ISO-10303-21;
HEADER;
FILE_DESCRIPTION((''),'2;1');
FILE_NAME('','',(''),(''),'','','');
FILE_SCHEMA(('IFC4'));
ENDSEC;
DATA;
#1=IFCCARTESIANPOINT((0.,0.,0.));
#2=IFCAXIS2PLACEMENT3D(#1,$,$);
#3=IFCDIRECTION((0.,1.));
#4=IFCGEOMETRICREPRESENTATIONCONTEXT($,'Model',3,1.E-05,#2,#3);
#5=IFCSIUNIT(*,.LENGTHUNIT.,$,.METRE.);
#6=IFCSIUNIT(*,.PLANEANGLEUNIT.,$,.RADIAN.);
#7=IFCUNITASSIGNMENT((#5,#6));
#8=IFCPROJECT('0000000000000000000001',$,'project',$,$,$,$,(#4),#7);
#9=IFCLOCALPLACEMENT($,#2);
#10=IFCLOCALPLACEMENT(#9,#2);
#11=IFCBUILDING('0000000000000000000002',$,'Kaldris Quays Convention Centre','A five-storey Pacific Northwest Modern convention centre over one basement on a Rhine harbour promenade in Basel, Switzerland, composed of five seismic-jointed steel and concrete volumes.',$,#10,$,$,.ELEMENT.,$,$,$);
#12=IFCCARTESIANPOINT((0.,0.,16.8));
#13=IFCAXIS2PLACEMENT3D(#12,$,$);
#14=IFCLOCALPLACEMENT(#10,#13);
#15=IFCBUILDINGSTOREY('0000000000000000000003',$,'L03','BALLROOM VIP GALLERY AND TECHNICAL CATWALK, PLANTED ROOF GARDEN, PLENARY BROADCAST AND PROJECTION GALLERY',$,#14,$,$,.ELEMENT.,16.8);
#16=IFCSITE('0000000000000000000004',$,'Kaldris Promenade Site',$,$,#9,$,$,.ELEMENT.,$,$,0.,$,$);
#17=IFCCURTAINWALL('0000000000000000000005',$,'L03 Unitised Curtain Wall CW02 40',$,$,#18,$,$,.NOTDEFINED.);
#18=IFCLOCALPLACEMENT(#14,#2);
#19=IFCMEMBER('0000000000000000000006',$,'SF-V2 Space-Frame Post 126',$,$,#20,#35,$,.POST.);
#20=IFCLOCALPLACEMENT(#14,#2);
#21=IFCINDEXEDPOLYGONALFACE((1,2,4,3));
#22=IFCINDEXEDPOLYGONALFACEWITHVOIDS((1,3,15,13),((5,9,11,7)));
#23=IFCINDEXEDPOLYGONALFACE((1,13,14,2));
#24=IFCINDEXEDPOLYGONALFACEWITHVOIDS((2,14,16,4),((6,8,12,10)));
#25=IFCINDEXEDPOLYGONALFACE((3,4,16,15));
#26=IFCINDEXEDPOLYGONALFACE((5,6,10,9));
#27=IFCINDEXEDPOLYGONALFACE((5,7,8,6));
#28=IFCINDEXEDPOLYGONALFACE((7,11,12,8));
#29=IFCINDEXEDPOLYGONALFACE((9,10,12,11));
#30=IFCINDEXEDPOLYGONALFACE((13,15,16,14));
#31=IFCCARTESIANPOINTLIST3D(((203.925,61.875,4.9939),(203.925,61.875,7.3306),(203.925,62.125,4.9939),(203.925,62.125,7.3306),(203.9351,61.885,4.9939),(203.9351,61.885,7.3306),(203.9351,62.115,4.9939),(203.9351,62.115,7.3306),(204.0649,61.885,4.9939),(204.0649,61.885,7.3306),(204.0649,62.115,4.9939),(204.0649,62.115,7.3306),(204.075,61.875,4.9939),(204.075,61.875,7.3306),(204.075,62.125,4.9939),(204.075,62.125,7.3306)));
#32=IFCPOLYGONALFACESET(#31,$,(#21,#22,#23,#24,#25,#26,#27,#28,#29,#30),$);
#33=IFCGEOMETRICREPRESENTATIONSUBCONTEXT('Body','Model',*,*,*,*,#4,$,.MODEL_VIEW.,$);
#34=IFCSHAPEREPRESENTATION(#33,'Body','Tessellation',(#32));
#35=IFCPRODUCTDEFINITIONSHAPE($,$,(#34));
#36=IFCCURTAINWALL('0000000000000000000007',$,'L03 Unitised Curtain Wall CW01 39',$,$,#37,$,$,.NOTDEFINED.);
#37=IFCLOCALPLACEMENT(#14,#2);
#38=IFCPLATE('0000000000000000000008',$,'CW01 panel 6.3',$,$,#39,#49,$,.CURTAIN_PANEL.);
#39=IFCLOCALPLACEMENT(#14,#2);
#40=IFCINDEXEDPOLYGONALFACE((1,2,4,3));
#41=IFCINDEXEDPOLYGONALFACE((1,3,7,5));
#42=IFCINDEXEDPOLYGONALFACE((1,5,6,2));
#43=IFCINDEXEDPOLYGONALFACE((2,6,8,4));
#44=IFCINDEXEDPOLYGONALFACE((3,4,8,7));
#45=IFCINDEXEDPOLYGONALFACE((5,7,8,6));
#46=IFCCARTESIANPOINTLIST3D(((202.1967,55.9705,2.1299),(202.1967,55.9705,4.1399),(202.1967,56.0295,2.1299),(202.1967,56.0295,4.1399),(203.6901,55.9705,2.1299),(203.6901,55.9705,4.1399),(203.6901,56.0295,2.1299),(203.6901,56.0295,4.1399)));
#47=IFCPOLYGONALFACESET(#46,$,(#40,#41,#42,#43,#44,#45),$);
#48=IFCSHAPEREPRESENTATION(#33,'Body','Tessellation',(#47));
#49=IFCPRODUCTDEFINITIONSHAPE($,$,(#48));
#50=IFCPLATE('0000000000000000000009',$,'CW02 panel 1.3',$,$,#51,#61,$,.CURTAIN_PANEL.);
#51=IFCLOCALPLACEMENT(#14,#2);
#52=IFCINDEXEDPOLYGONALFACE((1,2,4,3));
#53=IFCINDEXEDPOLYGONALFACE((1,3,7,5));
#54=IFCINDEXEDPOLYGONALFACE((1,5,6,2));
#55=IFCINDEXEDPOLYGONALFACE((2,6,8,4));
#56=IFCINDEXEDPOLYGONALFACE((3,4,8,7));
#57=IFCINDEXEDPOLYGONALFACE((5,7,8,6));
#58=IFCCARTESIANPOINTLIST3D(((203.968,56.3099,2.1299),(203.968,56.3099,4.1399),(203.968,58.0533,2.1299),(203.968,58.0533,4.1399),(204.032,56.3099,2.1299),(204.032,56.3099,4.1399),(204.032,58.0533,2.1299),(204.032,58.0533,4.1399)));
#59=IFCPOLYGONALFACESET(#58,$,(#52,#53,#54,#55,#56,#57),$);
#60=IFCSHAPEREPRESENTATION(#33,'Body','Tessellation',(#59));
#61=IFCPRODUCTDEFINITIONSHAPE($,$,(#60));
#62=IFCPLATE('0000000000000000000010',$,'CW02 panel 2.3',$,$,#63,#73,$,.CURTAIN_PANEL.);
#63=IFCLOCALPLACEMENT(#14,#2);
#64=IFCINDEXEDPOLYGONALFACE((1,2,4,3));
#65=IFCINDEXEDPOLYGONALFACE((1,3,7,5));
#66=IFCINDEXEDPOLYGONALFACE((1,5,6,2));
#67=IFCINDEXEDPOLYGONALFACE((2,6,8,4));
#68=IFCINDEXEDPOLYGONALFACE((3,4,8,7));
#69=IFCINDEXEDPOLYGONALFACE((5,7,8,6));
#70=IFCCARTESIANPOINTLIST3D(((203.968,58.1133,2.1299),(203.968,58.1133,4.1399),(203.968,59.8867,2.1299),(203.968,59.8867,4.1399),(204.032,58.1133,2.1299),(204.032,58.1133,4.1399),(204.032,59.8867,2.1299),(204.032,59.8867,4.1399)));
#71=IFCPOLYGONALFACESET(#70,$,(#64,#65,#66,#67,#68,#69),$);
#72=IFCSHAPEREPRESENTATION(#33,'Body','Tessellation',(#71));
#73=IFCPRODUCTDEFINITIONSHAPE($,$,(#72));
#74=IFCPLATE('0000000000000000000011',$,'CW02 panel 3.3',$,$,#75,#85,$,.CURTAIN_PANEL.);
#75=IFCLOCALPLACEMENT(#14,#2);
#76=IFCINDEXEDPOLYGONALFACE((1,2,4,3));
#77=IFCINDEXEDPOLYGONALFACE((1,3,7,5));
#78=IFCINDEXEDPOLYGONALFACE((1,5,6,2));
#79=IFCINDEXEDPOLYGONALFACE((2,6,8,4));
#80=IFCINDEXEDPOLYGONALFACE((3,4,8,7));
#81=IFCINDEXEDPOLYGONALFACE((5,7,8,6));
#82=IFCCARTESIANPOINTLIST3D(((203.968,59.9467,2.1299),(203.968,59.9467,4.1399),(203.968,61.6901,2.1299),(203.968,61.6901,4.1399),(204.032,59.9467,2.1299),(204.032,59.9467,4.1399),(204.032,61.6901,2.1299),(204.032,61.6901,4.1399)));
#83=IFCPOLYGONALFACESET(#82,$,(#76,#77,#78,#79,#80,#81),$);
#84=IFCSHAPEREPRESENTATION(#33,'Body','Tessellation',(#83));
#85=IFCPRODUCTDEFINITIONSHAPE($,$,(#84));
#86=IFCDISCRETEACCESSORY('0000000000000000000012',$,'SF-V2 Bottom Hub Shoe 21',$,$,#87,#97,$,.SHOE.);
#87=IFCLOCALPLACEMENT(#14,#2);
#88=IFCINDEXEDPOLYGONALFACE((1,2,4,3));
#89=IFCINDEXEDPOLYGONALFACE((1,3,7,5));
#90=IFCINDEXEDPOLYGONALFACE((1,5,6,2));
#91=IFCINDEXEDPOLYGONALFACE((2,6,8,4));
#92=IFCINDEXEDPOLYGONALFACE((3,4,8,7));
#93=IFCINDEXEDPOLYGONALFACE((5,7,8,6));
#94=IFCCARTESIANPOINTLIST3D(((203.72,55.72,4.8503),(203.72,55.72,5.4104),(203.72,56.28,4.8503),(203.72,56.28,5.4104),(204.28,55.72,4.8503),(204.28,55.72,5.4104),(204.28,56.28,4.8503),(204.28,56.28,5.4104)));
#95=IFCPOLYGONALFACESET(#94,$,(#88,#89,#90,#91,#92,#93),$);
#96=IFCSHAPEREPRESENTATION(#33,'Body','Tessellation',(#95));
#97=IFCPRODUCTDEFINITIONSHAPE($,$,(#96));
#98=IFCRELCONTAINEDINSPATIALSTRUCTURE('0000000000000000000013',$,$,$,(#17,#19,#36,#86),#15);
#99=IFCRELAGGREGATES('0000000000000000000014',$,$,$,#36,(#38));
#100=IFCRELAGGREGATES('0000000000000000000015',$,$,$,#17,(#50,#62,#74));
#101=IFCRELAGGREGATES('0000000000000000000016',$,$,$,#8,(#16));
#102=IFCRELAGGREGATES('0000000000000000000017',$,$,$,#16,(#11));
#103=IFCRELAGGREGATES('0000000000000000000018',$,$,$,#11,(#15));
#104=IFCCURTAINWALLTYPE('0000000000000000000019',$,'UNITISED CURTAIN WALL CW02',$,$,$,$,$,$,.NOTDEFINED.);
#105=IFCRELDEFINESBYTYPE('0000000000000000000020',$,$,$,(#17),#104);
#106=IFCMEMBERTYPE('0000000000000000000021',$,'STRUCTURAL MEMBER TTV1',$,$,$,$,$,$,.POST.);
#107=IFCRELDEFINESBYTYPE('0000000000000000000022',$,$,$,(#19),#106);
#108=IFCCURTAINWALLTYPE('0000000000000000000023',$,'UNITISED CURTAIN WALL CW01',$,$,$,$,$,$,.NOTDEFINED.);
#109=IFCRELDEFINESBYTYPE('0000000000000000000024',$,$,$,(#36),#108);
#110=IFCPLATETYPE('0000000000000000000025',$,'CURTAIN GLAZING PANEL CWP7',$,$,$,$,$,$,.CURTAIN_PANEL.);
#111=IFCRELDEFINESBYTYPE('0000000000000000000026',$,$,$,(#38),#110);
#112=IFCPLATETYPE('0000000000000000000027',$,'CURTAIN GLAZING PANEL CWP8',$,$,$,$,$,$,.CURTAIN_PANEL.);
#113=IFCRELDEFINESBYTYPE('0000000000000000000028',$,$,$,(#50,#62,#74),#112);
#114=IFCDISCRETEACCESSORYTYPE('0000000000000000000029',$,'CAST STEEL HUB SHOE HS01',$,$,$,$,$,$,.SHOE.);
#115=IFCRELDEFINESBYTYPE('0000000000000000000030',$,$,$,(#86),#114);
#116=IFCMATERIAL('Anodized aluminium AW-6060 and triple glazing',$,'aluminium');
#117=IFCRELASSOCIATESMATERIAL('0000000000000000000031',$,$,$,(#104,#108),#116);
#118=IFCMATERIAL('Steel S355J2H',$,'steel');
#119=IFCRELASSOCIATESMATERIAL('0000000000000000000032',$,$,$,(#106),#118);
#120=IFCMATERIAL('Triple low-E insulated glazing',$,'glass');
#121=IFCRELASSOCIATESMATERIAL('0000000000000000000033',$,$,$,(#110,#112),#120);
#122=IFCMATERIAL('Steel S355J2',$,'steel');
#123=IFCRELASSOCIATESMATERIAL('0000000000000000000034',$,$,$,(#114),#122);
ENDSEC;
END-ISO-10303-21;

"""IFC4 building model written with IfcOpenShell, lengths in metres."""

from ifc_helpers import new_model, si_unit, direction, frame, origin, origin_2d, place, context, subcontext, project, spatial, rectangle, hollow_rectangle, extrude, material, material_profile, profile_set, type_object, element, aggregate, save


model = new_model("IFC4")

# Units and contexts
model_context = context("Model", 3, precision=1e-05, world=origin(), true_north=direction((0.0, 1.0)))
body_context = subcontext(model_context, "Body", "Model", "MODEL_VIEW")
ifc_project = project(units=[si_unit("LENGTHUNIT", "METRE"), si_unit("PLANEANGLEUNIT", "RADIAN")], contexts=[model_context])

# Site, building, storey
site_placement = place(None, origin())
site = spatial("IfcSite", under=ifc_project, at=site_placement, Name="Kaldris Promenade Site", CompositionType="ELEMENT", RefElevation=0.0)
building_placement = place(site_placement, origin())
building = spatial("IfcBuilding", under=site, at=building_placement, Name="Kaldris Quays Convention Centre", Description="A five-storey Pacific Northwest Modern convention centre over one basement on a Rhine harbour promenade in Basel, Switzerland, composed of five seismic-jointed steel and concrete volumes.", CompositionType="ELEMENT")
storey_placement = place(building_placement, frame((0.0, 0.0, 16.8)))
storey = spatial("IfcBuildingStorey", under=building, at=storey_placement, Name="L03", Description="BALLROOM VIP GALLERY AND TECHNICAL CATWALK, PLANTED ROOF GARDEN, PLENARY BROADCAST AND PROJECTION GALLERY", CompositionType="ELEMENT", Elevation=16.8)

# Shared definitions
ifc_material_1 = material(Name="Anodized aluminium AW-6060 and triple glazing", Category="aluminium")

# Curtain wall
curtain_wall_type_1 = type_object("IfcCurtainWallType", Name="UNITISED CURTAIN WALL CW02", PredefinedType="NOTDEFINED", material=ifc_material_1)
curtain_wall_1_placement = place(storey_placement, origin())
curtain_wall_1 = element("IfcCurtainWall", 1, at=curtain_wall_1_placement, inside=storey, type_object=curtain_wall_type_1, Name="L03 Unitised Curtain Wall CW02 40", PredefinedType="NOTDEFINED")

# Member
ifc_material_2 = material(Name="Steel S355J2H", Category="steel")
ifc_material_profile_1 = material_profile(ifc_material_2, hollow_rectangle(XDim=0.1499, YDim=0.25, WallThickness=0.01, at=origin_2d()), Name="RHS 250x150x10")
ifc_profile_set_1 = profile_set([ifc_material_profile_1], Name="Steel S355J2H")
member_type_1 = type_object("IfcMemberType", Name="STRUCTURAL MEMBER TTV1", PredefinedType="POST", material=ifc_profile_set_1)
member_1_placement = place(storey_placement, frame((204.0, 62.0, 4.9939), z_axis=(0.0, 0.0, 1.0), x_axis=(1.0, 0.0, 0.0)))
element("IfcMember", 2, at=member_1_placement, inside=storey, type_object=member_type_1, Name="SF-V2 Space-Frame Post 126", PredefinedType="POST", context=body_context, shape_type="SweptSolid", body=[
    extrude(hollow_rectangle(XDim=0.1499, YDim=0.25, WallThickness=0.01, at=origin_2d()), origin(), (0.0, 0.0, 1.0), 2.3367),
])

# Curtain wall, plate
curtain_wall_type_2 = type_object("IfcCurtainWallType", Name="UNITISED CURTAIN WALL CW01", PredefinedType="NOTDEFINED", material=ifc_material_1)
curtain_wall_2_placement = place(storey_placement, origin())
curtain_wall_2 = element("IfcCurtainWall", 3, at=curtain_wall_2_placement, inside=storey, type_object=curtain_wall_type_2, Name="L03 Unitised Curtain Wall CW01 39", PredefinedType="NOTDEFINED")
ifc_material_3 = material(Name="Triple low-E insulated glazing", Category="glass")
plate_type_1 = type_object("IfcPlateType", Name="CURTAIN GLAZING PANEL CWP7", PredefinedType="CURTAIN_PANEL", material=ifc_material_3)
plate_1_placement = place(storey_placement, frame((202.9434, 56.0, 2.1299), z_axis=(0.0, 0.0, 1.0), x_axis=(1.0, 0.0, 0.0)))
plate_1 = element("IfcPlate", 4, at=plate_1_placement, type_object=plate_type_1, Name="CW01 panel 6.3", PredefinedType="CURTAIN_PANEL", context=body_context, shape_type="SweptSolid", body=[
    extrude(rectangle(XDim=1.4934, YDim=0.0591, at=origin_2d()), origin(), (0.0, 0.0, 1.0), 2.01),
])
aggregate(curtain_wall_2, [plate_1])

# Plates
plate_type_2 = type_object("IfcPlateType", Name="CURTAIN GLAZING PANEL CWP8", PredefinedType="CURTAIN_PANEL", material=ifc_material_3)
plate_2_placement = place(storey_placement, frame((204.0, 57.1816, 2.1299), z_axis=(0.0, 0.0, 1.0), x_axis=(0.0, 1.0, 0.0)))
plate_2 = element("IfcPlate", 5, at=plate_2_placement, type_object=plate_type_2, Name="CW02 panel 1.3", PredefinedType="CURTAIN_PANEL", context=body_context, shape_type="SweptSolid", body=[
    extrude(rectangle(XDim=1.7434, YDim=0.064, at=origin_2d()), origin(), (0.0, 0.0, 1.0), 2.01),
])
plate_3_placement = place(storey_placement, frame((204.0, 59.0, 2.1299), z_axis=(0.0, 0.0, 1.0), x_axis=(0.0, 1.0, 0.0)))
plate_3 = element("IfcPlate", 6, at=plate_3_placement, type_object=plate_type_2, Name="CW02 panel 2.3", PredefinedType="CURTAIN_PANEL", context=body_context, shape_type="SweptSolid", body=[
    extrude(rectangle(XDim=1.7734, YDim=0.064, at=origin_2d()), origin(), (0.0, 0.0, 1.0), 2.01),
])
plate_4_placement = place(storey_placement, frame((204.0, 60.8184, 2.1299), z_axis=(0.0, 0.0, 1.0), x_axis=(0.0, 1.0, 0.0)))
plate_4 = element("IfcPlate", 7, at=plate_4_placement, type_object=plate_type_2, Name="CW02 panel 3.3", PredefinedType="CURTAIN_PANEL", context=body_context, shape_type="SweptSolid", body=[
    extrude(rectangle(XDim=1.7434, YDim=0.064, at=origin_2d()), origin(), (0.0, 0.0, 1.0), 2.01),
])
aggregate(curtain_wall_1, [plate_2, plate_3, plate_4])

# Discrete accessory
ifc_material_4 = material(Name="Steel S355J2", Category="steel")
discrete_accessory_type = type_object("IfcDiscreteAccessoryType", Name="CAST STEEL HUB SHOE HS01", PredefinedType="SHOE", material=ifc_material_4)
discrete_accessory_placement = place(storey_placement, frame((204.0, 56.0, 4.8503), z_axis=(0.0, 0.0, 1.0), x_axis=(1.0, 0.0, 0.0)))
element("IfcDiscreteAccessory", 8, at=discrete_accessory_placement, inside=storey, type_object=discrete_accessory_type, Name="SF-V2 Bottom Hub Shoe 21", PredefinedType="SHOE", context=body_context, shape_type="SweptSolid", body=[
    extrude(rectangle(XDim=0.5601, YDim=0.5601, at=origin_2d()), origin(), (0.0, 0.0, 1.0), 0.5601),
])

save(model, "model.ifc")
